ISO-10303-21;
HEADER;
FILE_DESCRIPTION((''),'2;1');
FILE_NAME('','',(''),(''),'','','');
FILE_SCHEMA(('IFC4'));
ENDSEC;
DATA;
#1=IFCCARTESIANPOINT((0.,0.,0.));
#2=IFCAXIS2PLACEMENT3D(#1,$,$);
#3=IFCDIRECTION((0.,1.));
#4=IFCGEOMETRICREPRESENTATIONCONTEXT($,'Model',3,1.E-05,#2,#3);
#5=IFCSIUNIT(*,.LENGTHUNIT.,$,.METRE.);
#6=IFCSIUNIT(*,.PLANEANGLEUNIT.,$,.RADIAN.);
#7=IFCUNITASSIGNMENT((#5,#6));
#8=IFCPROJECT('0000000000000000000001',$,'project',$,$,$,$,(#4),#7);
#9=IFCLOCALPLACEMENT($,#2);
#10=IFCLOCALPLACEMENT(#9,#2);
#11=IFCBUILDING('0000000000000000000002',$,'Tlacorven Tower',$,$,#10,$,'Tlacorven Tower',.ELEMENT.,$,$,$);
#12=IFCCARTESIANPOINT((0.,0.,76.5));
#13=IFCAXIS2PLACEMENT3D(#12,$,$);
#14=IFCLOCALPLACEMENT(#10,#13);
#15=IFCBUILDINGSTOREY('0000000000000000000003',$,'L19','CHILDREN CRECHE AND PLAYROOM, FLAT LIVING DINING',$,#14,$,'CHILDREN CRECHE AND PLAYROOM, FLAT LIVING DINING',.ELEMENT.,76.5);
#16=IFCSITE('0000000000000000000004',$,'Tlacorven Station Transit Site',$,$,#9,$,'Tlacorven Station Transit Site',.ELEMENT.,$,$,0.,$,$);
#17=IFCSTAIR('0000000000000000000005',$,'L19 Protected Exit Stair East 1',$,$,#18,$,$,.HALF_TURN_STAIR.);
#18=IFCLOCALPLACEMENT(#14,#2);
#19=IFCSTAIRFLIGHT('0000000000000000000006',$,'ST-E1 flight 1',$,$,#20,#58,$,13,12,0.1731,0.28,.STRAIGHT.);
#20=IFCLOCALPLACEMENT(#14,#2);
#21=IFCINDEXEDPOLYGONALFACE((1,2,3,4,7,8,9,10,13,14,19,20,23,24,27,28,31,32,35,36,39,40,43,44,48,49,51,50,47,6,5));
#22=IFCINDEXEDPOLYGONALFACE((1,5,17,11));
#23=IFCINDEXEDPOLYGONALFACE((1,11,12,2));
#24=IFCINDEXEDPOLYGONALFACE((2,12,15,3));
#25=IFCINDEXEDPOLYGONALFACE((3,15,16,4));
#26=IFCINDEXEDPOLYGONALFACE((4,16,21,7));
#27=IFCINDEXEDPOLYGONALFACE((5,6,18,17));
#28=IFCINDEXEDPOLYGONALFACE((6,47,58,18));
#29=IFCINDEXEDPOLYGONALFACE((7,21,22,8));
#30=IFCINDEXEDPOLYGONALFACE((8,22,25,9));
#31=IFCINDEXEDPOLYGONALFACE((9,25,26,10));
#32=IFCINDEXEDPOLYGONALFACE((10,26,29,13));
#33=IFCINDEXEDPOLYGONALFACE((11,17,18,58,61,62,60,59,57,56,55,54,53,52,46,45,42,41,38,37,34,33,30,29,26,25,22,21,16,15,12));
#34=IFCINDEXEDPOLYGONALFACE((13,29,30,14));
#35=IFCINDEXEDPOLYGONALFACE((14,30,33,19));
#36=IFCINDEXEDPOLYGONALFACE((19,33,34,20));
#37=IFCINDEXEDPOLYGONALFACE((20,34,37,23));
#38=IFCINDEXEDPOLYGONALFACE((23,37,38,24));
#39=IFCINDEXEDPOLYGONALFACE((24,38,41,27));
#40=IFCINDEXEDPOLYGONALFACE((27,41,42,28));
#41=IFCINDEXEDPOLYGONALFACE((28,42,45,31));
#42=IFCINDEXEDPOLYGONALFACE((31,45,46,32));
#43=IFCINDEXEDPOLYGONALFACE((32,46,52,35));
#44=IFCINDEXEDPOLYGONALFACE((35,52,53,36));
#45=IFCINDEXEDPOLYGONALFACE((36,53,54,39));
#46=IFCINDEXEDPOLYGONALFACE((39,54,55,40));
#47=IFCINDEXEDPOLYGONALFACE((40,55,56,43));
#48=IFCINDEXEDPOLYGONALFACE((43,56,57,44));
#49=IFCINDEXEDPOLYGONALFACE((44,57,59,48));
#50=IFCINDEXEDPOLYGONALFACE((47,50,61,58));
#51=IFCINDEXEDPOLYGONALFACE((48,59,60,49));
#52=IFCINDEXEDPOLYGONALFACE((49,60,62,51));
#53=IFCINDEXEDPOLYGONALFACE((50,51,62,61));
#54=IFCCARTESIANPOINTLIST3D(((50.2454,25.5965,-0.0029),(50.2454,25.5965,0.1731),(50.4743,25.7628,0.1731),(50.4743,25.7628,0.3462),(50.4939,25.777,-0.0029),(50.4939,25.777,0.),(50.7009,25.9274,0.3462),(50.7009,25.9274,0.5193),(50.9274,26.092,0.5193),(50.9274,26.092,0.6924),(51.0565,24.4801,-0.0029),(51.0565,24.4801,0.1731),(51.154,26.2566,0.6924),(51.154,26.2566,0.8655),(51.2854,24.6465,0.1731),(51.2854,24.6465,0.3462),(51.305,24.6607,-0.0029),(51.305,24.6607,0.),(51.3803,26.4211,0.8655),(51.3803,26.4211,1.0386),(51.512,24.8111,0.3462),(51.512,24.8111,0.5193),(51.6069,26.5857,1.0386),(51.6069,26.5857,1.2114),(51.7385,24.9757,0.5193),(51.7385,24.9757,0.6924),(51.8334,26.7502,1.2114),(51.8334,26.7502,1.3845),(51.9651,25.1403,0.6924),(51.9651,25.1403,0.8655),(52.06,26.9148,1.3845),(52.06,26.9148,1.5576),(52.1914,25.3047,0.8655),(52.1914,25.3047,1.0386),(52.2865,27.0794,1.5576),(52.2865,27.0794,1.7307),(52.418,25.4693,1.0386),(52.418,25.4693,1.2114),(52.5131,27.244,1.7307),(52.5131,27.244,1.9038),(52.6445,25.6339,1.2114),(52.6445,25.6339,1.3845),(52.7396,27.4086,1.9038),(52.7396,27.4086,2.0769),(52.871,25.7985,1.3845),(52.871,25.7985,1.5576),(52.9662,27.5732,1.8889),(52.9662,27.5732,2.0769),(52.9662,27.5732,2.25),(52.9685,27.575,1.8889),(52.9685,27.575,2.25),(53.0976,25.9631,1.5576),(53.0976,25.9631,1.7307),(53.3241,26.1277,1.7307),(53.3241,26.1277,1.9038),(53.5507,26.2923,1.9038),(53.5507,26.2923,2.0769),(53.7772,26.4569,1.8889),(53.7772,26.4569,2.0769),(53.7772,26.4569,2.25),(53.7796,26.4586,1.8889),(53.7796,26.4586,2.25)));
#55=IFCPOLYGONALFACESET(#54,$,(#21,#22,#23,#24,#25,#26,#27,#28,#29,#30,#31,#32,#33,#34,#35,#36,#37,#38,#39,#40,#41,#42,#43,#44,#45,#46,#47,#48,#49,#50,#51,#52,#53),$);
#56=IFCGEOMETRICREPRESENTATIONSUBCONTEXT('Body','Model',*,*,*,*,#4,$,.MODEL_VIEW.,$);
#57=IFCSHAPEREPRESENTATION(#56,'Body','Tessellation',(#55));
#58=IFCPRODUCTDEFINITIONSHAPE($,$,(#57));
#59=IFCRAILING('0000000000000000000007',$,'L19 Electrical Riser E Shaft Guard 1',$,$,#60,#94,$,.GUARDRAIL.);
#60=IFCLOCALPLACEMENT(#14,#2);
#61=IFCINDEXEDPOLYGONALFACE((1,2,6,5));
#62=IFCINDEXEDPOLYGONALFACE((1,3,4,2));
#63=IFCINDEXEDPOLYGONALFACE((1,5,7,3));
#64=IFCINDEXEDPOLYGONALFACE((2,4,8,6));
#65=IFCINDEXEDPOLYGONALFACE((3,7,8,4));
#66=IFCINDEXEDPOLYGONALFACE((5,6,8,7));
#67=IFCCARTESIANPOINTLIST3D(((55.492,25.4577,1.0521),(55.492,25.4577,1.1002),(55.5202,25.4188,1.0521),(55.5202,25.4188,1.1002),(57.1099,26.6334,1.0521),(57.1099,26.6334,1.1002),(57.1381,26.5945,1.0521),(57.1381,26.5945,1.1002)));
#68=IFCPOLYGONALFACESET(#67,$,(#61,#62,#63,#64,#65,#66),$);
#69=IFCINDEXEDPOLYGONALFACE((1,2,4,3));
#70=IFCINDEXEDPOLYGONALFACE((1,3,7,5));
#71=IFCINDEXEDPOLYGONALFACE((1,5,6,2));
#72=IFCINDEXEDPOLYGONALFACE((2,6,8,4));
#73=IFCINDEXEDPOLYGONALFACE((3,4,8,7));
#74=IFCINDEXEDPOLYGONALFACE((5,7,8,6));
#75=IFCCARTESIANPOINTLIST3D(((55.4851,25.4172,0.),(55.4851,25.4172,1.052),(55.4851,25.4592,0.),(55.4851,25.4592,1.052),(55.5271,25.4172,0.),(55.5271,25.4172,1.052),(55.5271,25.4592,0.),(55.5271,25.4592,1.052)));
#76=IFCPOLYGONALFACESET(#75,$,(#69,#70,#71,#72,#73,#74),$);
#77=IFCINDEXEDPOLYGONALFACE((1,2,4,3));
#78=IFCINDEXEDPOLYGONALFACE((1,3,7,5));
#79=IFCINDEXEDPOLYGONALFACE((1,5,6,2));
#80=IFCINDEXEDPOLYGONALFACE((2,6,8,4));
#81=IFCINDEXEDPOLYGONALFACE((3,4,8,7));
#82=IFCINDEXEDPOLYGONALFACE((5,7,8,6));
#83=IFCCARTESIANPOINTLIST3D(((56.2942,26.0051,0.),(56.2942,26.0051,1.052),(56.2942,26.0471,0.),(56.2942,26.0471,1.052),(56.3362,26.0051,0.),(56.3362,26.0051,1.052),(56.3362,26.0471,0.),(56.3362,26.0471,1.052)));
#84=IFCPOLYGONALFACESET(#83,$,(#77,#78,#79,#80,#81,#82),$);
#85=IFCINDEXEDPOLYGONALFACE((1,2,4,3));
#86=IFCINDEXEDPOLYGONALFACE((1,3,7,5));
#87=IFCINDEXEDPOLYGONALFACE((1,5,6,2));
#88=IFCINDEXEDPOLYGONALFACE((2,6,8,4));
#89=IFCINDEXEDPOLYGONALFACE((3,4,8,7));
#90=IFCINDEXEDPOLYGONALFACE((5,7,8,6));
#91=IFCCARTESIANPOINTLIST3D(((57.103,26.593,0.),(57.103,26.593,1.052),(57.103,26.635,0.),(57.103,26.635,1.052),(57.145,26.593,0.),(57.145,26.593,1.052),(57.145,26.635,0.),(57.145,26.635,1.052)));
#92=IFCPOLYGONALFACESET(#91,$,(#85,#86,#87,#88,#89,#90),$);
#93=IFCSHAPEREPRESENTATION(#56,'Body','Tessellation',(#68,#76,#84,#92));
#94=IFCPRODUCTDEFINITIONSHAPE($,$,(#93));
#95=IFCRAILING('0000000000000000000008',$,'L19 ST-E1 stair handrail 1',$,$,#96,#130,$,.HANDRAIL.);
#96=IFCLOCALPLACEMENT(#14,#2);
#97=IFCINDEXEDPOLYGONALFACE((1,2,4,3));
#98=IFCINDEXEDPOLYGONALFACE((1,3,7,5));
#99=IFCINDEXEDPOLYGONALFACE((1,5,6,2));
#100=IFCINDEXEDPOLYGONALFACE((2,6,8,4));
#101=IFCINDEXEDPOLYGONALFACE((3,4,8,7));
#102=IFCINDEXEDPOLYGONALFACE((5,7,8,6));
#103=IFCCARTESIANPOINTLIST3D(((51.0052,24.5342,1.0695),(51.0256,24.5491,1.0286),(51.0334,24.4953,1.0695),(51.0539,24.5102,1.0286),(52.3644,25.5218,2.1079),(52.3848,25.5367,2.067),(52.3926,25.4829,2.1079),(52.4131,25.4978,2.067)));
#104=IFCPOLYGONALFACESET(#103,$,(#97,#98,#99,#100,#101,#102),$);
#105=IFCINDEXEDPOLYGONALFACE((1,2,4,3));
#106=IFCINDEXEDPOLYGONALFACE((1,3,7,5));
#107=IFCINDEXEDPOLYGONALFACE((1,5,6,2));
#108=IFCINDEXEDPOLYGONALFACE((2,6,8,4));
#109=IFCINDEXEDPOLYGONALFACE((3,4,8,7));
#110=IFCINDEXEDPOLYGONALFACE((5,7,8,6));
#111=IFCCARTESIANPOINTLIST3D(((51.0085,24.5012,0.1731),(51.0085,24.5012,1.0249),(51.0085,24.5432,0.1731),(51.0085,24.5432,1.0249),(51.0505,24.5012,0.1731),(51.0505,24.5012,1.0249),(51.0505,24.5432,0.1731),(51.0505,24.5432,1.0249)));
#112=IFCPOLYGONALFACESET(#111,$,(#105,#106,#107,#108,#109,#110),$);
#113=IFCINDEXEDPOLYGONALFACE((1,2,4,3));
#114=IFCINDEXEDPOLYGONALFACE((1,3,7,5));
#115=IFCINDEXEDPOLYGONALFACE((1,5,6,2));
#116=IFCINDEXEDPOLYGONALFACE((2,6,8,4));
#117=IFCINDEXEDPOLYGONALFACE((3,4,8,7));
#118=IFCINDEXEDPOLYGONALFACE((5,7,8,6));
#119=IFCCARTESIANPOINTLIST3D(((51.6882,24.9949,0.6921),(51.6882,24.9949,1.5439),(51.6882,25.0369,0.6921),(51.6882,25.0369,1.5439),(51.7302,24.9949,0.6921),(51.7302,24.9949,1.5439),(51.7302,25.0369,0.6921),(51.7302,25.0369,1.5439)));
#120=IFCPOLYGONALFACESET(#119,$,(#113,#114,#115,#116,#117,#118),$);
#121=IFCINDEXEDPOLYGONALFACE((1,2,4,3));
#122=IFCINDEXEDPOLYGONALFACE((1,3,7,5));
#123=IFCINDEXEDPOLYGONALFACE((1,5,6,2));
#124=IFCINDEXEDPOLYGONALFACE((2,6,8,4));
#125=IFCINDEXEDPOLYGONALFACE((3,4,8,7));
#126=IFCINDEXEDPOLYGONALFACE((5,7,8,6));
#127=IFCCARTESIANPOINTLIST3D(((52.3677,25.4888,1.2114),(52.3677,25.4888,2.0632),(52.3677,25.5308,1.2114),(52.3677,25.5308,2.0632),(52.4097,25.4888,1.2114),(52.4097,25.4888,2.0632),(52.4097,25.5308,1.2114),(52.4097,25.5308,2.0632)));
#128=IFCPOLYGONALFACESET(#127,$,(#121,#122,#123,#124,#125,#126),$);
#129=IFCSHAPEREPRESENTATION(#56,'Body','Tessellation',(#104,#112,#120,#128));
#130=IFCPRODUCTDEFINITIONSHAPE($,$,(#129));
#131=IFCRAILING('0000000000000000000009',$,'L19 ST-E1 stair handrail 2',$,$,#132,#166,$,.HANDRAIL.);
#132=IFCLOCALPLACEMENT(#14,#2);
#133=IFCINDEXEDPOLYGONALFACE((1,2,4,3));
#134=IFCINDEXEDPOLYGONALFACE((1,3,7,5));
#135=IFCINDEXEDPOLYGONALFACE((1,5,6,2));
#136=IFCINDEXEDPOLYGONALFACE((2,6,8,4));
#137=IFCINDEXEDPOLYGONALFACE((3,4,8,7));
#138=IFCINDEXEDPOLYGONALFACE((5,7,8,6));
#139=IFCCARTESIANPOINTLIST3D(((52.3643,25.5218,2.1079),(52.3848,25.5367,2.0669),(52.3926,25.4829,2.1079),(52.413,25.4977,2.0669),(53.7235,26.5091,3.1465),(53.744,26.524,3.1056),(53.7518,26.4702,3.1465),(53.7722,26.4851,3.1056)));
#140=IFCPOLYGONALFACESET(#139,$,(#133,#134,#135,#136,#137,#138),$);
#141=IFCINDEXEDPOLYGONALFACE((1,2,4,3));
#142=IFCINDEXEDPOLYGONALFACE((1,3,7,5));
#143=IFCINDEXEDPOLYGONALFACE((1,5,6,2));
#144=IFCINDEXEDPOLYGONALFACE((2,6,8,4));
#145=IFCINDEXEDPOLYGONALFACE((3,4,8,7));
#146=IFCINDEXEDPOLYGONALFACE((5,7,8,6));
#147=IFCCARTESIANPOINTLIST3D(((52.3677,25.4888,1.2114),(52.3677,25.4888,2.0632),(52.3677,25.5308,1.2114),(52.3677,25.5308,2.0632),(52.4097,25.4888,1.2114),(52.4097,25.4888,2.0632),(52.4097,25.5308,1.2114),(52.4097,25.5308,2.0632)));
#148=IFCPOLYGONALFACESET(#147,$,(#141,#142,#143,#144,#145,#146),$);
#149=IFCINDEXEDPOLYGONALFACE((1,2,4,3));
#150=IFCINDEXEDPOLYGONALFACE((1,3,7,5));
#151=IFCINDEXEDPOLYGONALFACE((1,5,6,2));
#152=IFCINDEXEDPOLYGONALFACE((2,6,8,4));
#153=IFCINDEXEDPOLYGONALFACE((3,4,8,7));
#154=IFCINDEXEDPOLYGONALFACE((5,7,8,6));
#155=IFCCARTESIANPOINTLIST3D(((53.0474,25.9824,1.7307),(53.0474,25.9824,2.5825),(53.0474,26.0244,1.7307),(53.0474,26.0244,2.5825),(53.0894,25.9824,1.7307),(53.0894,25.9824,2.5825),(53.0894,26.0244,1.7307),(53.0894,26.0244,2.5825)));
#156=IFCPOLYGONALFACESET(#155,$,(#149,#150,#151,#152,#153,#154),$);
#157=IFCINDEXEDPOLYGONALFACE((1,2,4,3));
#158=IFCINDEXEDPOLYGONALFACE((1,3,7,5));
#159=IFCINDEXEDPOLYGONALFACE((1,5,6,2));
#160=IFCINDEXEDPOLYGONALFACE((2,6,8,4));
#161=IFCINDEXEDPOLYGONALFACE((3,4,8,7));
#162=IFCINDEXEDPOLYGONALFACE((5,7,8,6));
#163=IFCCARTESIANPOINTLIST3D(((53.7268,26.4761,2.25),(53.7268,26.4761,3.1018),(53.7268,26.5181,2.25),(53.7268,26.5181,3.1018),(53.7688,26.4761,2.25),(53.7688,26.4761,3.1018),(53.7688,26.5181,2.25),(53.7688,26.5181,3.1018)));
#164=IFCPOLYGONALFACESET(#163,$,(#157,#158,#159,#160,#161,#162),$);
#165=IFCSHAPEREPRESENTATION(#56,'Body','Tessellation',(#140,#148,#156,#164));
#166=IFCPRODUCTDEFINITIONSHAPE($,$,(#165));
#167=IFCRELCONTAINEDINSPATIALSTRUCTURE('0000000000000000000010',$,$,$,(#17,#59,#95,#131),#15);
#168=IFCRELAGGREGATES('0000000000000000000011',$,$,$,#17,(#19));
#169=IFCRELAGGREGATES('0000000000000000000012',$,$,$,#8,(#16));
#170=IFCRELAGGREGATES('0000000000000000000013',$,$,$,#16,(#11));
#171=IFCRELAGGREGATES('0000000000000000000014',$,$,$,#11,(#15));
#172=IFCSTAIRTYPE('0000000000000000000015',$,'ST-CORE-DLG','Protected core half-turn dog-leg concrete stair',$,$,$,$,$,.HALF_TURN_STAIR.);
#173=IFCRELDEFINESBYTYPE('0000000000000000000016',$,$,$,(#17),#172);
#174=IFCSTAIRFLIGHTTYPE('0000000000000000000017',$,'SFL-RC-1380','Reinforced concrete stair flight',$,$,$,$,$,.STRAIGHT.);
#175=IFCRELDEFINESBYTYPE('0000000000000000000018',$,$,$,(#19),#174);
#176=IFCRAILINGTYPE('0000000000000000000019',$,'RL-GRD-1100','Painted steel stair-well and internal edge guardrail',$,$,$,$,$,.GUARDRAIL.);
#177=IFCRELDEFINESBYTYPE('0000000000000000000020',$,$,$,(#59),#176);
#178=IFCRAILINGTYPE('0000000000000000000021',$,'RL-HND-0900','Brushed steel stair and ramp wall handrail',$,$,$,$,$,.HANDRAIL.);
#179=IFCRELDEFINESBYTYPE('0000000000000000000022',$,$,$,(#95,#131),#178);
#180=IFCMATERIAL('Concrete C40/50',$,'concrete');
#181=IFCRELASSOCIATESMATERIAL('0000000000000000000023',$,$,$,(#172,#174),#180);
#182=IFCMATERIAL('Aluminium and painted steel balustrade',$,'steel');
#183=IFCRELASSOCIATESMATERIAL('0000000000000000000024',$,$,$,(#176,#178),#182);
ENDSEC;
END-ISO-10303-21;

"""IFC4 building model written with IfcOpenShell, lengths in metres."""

from ifc_helpers import new_model, si_unit, direction, frame, origin, origin_2d, place, context, subcontext, project, spatial, polyline, rectangle, outline, extrude, source, transform, mapped, material, type_object, element, aggregate, save


model = new_model("IFC4")

# Units and contexts
model_context = context("Model", 3, precision=1e-05, world=origin(), true_north=direction((0.0, 1.0)))
body_context = subcontext(model_context, "Body", "Model", "MODEL_VIEW")
ifc_project = project(units=[si_unit("LENGTHUNIT", "METRE"), si_unit("PLANEANGLEUNIT", "RADIAN")], contexts=[model_context])

# Site, building, storey
site_placement = place(None, origin())
site = spatial("IfcSite", under=ifc_project, at=site_placement, Name="Tlacorven Station Transit Site", LongName="Tlacorven Station Transit Site", CompositionType="ELEMENT", RefElevation=0.0)
building_placement = place(site_placement, origin())
building = spatial("IfcBuilding", under=site, at=building_placement, Name="Tlacorven Tower", LongName="Tlacorven Tower", CompositionType="ELEMENT")
storey_placement = place(building_placement, frame((0.0, 0.0, 76.5)))
storey = spatial("IfcBuildingStorey", under=building, at=storey_placement, Name="L19", Description="CHILDREN CRECHE AND PLAYROOM, FLAT LIVING DINING", LongName="CHILDREN CRECHE AND PLAYROOM, FLAT LIVING DINING", CompositionType="ELEMENT", Elevation=76.5)

# Shared definitions
ifc_material_1 = material(Name="Concrete C40/50", Category="concrete")

# Stair, stair flight
stair_type = type_object("IfcStairType", Name="ST-CORE-DLG", Description="Protected core half-turn dog-leg concrete stair", PredefinedType="HALF_TURN_STAIR", material=ifc_material_1)
stair_placement = place(storey_placement, origin())
stair = element("IfcStair", 1, at=stair_placement, inside=storey, type_object=stair_type, Name="L19 Protected Exit Stair East 1", PredefinedType="HALF_TURN_STAIR")
stair_flight_type = type_object("IfcStairFlightType", Name="SFL-RC-1380", Description="Reinforced concrete stair flight", PredefinedType="STRAIGHT", material=ifc_material_1)
shared_shape_1 = source(origin(), body_context, "Body", "SweptSolid", [
    extrude(outline(polyline([(-0.0029, -0.0029), (-0.0029, 0.1731), (0.28, 0.1731), (0.28, 0.3462), (0.5601, 0.3462), (0.5601, 0.5193), (0.8401, 0.5193), (0.8401, 0.6924), (1.1201, 0.6924), (1.1201, 0.8655), (1.3999, 0.8655), (1.3999, 1.0386), (1.6799, 1.0386), (1.6799, 1.2114), (1.96, 1.2114), (1.96, 1.3845), (2.24, 1.3845), (2.24, 1.5576), (2.52, 1.5576), (2.52, 1.7307), (2.8, 1.7307), (2.8, 1.9038), (3.0801, 1.9038), (3.0801, 2.0769), (3.3601, 2.0769), (3.3601, 2.25), (3.363, 2.25), (3.363, 1.8889), (3.3601, 1.8889), (0.3042, 0.0), (0.3042, -0.0029), (-0.0029, -0.0029)])), frame((0.0, 0.6899, 0.0), z_axis=(0.0, -1.0, 0.0), x_axis=(1.0, 0.0, 0.0)), (0.0, 0.0, 1.0), 1.3799),
])
stair_flight_placement = place(storey_placement, frame((50.6533, 25.04, 0.0), z_axis=(0.0, 0.0, 1.0), x_axis=(0.809017, 0.587785, 0.0)))
stair_flight = element("IfcStairFlight", 2, at=stair_flight_placement, type_object=stair_flight_type, Name="ST-E1 flight 1", NumberOfRisers=13, NumberOfTreads=12, PredefinedType="STRAIGHT", RiserHeight=0.1731, TreadLength=0.28, context=body_context, shape_type="MappedRepresentation", body=[
    mapped(shared_shape_1, transform((0.0, 0.0, 0.0), scale=1.0)),
])
aggregate(stair, [stair_flight])

# Railings
ifc_material_2 = material(Name="Aluminium and painted steel balustrade", Category="steel")
railing_type_1 = type_object("IfcRailingType", Name="RL-GRD-1100", Description="Painted steel stair-well and internal edge guardrail", PredefinedType="GUARDRAIL", material=ifc_material_2)
shared_shape_2 = source(origin(), body_context, "Body", "SweptSolid", [
    extrude(rectangle(XDim=0.0481, YDim=0.0481, at=origin_2d()), frame((0.0, 0.0, 1.0762), z_axis=(0.808947, 0.587881, 0.0), x_axis=(-0.587881, 0.808947, 0.0)), (0.0, 0.0, 1.0), 2.0),
    extrude(rectangle(XDim=0.042, YDim=0.042, at=origin_2d()), origin(), (0.0, 0.0, 1.0), 1.052),
    extrude(rectangle(XDim=0.042, YDim=0.042, at=origin_2d()), frame((0.8091, 0.5879, 0.0)), (0.0, 0.0, 1.0), 1.052),
    extrude(rectangle(XDim=0.042, YDim=0.042, at=origin_2d()), frame((1.6179, 1.1758, 0.0)), (0.0, 0.0, 1.0), 1.052),
])
railing_1_placement = place(storey_placement, frame((55.5061, 25.4382, 0.0)))
element("IfcRailing", 3, at=railing_1_placement, inside=storey, type_object=railing_type_1, Name="L19 Electrical Riser E Shaft Guard 1", PredefinedType="GUARDRAIL", context=body_context, shape_type="MappedRepresentation", body=[
    mapped(shared_shape_2, transform((0.0, 0.0, 0.0), scale=1.0)),
])
railing_type_2 = type_object("IfcRailingType", Name="RL-HND-0900", Description="Brushed steel stair and ramp wall handrail", PredefinedType="HANDRAIL", material=ifc_material_2)
shared_shape_3 = source(origin(), body_context, "Body", "SweptSolid", [
    extrude(rectangle(XDim=0.0481, YDim=0.0481, at=origin_2d()), frame((0.0, 0.0, 0.876), z_axis=(0.688168, 0.500025, 0.525737), x_axis=(-0.587817, 0.808994, 0.0)), (0.0, 0.0, 1.0), 1.9751),
    extrude(rectangle(XDim=0.042, YDim=0.042, at=origin_2d()), origin(), (0.0, 0.0, 1.0), 0.8518),
    extrude(rectangle(XDim=0.042, YDim=0.042, at=origin_2d()), frame((0.6797, 0.4937, 0.519)), (0.0, 0.0, 1.0), 0.8518),
    extrude(rectangle(XDim=0.042, YDim=0.042, at=origin_2d()), frame((1.3591, 0.9875, 1.0383)), (0.0, 0.0, 1.0), 0.8518),
])
railing_2_placement = place(storey_placement, frame((51.0295, 24.5222, 0.1731)))
element("IfcRailing", 4, at=railing_2_placement, inside=storey, type_object=railing_type_2, Name="L19 ST-E1 stair handrail 1", PredefinedType="HANDRAIL", context=body_context, shape_type="MappedRepresentation", body=[
    mapped(shared_shape_3, transform((0.0, 0.0, 0.0), scale=1.0)),
])
shared_shape_4 = source(origin(), body_context, "Body", "SweptSolid", [
    extrude(rectangle(XDim=0.0481, YDim=0.0481, at=origin_2d()), frame((0.0, 0.0, 0.876), z_axis=(0.688166, 0.4999, 0.525859), x_axis=(-0.587722, 0.809063, 0.0)), (0.0, 0.0, 1.0), 1.9751),
    extrude(rectangle(XDim=0.042, YDim=0.042, at=origin_2d()), origin(), (0.0, 0.0, 1.0), 0.8518),
    extrude(rectangle(XDim=0.042, YDim=0.042, at=origin_2d()), frame((0.6797, 0.4937, 0.5193)), (0.0, 0.0, 1.0), 0.8518),
    extrude(rectangle(XDim=0.042, YDim=0.042, at=origin_2d()), frame((1.3591, 0.9873, 1.0386)), (0.0, 0.0, 1.0), 0.8518),
])
railing_3_placement = place(storey_placement, frame((52.3887, 25.5098, 1.2114)))
element("IfcRailing", 5, at=railing_3_placement, inside=storey, type_object=railing_type_2, Name="L19 ST-E1 stair handrail 2", PredefinedType="HANDRAIL", context=body_context, shape_type="MappedRepresentation", body=[
    mapped(shared_shape_4, transform((0.0, 0.0, 0.0), scale=1.0)),
])

save(model, "model.ifc")
